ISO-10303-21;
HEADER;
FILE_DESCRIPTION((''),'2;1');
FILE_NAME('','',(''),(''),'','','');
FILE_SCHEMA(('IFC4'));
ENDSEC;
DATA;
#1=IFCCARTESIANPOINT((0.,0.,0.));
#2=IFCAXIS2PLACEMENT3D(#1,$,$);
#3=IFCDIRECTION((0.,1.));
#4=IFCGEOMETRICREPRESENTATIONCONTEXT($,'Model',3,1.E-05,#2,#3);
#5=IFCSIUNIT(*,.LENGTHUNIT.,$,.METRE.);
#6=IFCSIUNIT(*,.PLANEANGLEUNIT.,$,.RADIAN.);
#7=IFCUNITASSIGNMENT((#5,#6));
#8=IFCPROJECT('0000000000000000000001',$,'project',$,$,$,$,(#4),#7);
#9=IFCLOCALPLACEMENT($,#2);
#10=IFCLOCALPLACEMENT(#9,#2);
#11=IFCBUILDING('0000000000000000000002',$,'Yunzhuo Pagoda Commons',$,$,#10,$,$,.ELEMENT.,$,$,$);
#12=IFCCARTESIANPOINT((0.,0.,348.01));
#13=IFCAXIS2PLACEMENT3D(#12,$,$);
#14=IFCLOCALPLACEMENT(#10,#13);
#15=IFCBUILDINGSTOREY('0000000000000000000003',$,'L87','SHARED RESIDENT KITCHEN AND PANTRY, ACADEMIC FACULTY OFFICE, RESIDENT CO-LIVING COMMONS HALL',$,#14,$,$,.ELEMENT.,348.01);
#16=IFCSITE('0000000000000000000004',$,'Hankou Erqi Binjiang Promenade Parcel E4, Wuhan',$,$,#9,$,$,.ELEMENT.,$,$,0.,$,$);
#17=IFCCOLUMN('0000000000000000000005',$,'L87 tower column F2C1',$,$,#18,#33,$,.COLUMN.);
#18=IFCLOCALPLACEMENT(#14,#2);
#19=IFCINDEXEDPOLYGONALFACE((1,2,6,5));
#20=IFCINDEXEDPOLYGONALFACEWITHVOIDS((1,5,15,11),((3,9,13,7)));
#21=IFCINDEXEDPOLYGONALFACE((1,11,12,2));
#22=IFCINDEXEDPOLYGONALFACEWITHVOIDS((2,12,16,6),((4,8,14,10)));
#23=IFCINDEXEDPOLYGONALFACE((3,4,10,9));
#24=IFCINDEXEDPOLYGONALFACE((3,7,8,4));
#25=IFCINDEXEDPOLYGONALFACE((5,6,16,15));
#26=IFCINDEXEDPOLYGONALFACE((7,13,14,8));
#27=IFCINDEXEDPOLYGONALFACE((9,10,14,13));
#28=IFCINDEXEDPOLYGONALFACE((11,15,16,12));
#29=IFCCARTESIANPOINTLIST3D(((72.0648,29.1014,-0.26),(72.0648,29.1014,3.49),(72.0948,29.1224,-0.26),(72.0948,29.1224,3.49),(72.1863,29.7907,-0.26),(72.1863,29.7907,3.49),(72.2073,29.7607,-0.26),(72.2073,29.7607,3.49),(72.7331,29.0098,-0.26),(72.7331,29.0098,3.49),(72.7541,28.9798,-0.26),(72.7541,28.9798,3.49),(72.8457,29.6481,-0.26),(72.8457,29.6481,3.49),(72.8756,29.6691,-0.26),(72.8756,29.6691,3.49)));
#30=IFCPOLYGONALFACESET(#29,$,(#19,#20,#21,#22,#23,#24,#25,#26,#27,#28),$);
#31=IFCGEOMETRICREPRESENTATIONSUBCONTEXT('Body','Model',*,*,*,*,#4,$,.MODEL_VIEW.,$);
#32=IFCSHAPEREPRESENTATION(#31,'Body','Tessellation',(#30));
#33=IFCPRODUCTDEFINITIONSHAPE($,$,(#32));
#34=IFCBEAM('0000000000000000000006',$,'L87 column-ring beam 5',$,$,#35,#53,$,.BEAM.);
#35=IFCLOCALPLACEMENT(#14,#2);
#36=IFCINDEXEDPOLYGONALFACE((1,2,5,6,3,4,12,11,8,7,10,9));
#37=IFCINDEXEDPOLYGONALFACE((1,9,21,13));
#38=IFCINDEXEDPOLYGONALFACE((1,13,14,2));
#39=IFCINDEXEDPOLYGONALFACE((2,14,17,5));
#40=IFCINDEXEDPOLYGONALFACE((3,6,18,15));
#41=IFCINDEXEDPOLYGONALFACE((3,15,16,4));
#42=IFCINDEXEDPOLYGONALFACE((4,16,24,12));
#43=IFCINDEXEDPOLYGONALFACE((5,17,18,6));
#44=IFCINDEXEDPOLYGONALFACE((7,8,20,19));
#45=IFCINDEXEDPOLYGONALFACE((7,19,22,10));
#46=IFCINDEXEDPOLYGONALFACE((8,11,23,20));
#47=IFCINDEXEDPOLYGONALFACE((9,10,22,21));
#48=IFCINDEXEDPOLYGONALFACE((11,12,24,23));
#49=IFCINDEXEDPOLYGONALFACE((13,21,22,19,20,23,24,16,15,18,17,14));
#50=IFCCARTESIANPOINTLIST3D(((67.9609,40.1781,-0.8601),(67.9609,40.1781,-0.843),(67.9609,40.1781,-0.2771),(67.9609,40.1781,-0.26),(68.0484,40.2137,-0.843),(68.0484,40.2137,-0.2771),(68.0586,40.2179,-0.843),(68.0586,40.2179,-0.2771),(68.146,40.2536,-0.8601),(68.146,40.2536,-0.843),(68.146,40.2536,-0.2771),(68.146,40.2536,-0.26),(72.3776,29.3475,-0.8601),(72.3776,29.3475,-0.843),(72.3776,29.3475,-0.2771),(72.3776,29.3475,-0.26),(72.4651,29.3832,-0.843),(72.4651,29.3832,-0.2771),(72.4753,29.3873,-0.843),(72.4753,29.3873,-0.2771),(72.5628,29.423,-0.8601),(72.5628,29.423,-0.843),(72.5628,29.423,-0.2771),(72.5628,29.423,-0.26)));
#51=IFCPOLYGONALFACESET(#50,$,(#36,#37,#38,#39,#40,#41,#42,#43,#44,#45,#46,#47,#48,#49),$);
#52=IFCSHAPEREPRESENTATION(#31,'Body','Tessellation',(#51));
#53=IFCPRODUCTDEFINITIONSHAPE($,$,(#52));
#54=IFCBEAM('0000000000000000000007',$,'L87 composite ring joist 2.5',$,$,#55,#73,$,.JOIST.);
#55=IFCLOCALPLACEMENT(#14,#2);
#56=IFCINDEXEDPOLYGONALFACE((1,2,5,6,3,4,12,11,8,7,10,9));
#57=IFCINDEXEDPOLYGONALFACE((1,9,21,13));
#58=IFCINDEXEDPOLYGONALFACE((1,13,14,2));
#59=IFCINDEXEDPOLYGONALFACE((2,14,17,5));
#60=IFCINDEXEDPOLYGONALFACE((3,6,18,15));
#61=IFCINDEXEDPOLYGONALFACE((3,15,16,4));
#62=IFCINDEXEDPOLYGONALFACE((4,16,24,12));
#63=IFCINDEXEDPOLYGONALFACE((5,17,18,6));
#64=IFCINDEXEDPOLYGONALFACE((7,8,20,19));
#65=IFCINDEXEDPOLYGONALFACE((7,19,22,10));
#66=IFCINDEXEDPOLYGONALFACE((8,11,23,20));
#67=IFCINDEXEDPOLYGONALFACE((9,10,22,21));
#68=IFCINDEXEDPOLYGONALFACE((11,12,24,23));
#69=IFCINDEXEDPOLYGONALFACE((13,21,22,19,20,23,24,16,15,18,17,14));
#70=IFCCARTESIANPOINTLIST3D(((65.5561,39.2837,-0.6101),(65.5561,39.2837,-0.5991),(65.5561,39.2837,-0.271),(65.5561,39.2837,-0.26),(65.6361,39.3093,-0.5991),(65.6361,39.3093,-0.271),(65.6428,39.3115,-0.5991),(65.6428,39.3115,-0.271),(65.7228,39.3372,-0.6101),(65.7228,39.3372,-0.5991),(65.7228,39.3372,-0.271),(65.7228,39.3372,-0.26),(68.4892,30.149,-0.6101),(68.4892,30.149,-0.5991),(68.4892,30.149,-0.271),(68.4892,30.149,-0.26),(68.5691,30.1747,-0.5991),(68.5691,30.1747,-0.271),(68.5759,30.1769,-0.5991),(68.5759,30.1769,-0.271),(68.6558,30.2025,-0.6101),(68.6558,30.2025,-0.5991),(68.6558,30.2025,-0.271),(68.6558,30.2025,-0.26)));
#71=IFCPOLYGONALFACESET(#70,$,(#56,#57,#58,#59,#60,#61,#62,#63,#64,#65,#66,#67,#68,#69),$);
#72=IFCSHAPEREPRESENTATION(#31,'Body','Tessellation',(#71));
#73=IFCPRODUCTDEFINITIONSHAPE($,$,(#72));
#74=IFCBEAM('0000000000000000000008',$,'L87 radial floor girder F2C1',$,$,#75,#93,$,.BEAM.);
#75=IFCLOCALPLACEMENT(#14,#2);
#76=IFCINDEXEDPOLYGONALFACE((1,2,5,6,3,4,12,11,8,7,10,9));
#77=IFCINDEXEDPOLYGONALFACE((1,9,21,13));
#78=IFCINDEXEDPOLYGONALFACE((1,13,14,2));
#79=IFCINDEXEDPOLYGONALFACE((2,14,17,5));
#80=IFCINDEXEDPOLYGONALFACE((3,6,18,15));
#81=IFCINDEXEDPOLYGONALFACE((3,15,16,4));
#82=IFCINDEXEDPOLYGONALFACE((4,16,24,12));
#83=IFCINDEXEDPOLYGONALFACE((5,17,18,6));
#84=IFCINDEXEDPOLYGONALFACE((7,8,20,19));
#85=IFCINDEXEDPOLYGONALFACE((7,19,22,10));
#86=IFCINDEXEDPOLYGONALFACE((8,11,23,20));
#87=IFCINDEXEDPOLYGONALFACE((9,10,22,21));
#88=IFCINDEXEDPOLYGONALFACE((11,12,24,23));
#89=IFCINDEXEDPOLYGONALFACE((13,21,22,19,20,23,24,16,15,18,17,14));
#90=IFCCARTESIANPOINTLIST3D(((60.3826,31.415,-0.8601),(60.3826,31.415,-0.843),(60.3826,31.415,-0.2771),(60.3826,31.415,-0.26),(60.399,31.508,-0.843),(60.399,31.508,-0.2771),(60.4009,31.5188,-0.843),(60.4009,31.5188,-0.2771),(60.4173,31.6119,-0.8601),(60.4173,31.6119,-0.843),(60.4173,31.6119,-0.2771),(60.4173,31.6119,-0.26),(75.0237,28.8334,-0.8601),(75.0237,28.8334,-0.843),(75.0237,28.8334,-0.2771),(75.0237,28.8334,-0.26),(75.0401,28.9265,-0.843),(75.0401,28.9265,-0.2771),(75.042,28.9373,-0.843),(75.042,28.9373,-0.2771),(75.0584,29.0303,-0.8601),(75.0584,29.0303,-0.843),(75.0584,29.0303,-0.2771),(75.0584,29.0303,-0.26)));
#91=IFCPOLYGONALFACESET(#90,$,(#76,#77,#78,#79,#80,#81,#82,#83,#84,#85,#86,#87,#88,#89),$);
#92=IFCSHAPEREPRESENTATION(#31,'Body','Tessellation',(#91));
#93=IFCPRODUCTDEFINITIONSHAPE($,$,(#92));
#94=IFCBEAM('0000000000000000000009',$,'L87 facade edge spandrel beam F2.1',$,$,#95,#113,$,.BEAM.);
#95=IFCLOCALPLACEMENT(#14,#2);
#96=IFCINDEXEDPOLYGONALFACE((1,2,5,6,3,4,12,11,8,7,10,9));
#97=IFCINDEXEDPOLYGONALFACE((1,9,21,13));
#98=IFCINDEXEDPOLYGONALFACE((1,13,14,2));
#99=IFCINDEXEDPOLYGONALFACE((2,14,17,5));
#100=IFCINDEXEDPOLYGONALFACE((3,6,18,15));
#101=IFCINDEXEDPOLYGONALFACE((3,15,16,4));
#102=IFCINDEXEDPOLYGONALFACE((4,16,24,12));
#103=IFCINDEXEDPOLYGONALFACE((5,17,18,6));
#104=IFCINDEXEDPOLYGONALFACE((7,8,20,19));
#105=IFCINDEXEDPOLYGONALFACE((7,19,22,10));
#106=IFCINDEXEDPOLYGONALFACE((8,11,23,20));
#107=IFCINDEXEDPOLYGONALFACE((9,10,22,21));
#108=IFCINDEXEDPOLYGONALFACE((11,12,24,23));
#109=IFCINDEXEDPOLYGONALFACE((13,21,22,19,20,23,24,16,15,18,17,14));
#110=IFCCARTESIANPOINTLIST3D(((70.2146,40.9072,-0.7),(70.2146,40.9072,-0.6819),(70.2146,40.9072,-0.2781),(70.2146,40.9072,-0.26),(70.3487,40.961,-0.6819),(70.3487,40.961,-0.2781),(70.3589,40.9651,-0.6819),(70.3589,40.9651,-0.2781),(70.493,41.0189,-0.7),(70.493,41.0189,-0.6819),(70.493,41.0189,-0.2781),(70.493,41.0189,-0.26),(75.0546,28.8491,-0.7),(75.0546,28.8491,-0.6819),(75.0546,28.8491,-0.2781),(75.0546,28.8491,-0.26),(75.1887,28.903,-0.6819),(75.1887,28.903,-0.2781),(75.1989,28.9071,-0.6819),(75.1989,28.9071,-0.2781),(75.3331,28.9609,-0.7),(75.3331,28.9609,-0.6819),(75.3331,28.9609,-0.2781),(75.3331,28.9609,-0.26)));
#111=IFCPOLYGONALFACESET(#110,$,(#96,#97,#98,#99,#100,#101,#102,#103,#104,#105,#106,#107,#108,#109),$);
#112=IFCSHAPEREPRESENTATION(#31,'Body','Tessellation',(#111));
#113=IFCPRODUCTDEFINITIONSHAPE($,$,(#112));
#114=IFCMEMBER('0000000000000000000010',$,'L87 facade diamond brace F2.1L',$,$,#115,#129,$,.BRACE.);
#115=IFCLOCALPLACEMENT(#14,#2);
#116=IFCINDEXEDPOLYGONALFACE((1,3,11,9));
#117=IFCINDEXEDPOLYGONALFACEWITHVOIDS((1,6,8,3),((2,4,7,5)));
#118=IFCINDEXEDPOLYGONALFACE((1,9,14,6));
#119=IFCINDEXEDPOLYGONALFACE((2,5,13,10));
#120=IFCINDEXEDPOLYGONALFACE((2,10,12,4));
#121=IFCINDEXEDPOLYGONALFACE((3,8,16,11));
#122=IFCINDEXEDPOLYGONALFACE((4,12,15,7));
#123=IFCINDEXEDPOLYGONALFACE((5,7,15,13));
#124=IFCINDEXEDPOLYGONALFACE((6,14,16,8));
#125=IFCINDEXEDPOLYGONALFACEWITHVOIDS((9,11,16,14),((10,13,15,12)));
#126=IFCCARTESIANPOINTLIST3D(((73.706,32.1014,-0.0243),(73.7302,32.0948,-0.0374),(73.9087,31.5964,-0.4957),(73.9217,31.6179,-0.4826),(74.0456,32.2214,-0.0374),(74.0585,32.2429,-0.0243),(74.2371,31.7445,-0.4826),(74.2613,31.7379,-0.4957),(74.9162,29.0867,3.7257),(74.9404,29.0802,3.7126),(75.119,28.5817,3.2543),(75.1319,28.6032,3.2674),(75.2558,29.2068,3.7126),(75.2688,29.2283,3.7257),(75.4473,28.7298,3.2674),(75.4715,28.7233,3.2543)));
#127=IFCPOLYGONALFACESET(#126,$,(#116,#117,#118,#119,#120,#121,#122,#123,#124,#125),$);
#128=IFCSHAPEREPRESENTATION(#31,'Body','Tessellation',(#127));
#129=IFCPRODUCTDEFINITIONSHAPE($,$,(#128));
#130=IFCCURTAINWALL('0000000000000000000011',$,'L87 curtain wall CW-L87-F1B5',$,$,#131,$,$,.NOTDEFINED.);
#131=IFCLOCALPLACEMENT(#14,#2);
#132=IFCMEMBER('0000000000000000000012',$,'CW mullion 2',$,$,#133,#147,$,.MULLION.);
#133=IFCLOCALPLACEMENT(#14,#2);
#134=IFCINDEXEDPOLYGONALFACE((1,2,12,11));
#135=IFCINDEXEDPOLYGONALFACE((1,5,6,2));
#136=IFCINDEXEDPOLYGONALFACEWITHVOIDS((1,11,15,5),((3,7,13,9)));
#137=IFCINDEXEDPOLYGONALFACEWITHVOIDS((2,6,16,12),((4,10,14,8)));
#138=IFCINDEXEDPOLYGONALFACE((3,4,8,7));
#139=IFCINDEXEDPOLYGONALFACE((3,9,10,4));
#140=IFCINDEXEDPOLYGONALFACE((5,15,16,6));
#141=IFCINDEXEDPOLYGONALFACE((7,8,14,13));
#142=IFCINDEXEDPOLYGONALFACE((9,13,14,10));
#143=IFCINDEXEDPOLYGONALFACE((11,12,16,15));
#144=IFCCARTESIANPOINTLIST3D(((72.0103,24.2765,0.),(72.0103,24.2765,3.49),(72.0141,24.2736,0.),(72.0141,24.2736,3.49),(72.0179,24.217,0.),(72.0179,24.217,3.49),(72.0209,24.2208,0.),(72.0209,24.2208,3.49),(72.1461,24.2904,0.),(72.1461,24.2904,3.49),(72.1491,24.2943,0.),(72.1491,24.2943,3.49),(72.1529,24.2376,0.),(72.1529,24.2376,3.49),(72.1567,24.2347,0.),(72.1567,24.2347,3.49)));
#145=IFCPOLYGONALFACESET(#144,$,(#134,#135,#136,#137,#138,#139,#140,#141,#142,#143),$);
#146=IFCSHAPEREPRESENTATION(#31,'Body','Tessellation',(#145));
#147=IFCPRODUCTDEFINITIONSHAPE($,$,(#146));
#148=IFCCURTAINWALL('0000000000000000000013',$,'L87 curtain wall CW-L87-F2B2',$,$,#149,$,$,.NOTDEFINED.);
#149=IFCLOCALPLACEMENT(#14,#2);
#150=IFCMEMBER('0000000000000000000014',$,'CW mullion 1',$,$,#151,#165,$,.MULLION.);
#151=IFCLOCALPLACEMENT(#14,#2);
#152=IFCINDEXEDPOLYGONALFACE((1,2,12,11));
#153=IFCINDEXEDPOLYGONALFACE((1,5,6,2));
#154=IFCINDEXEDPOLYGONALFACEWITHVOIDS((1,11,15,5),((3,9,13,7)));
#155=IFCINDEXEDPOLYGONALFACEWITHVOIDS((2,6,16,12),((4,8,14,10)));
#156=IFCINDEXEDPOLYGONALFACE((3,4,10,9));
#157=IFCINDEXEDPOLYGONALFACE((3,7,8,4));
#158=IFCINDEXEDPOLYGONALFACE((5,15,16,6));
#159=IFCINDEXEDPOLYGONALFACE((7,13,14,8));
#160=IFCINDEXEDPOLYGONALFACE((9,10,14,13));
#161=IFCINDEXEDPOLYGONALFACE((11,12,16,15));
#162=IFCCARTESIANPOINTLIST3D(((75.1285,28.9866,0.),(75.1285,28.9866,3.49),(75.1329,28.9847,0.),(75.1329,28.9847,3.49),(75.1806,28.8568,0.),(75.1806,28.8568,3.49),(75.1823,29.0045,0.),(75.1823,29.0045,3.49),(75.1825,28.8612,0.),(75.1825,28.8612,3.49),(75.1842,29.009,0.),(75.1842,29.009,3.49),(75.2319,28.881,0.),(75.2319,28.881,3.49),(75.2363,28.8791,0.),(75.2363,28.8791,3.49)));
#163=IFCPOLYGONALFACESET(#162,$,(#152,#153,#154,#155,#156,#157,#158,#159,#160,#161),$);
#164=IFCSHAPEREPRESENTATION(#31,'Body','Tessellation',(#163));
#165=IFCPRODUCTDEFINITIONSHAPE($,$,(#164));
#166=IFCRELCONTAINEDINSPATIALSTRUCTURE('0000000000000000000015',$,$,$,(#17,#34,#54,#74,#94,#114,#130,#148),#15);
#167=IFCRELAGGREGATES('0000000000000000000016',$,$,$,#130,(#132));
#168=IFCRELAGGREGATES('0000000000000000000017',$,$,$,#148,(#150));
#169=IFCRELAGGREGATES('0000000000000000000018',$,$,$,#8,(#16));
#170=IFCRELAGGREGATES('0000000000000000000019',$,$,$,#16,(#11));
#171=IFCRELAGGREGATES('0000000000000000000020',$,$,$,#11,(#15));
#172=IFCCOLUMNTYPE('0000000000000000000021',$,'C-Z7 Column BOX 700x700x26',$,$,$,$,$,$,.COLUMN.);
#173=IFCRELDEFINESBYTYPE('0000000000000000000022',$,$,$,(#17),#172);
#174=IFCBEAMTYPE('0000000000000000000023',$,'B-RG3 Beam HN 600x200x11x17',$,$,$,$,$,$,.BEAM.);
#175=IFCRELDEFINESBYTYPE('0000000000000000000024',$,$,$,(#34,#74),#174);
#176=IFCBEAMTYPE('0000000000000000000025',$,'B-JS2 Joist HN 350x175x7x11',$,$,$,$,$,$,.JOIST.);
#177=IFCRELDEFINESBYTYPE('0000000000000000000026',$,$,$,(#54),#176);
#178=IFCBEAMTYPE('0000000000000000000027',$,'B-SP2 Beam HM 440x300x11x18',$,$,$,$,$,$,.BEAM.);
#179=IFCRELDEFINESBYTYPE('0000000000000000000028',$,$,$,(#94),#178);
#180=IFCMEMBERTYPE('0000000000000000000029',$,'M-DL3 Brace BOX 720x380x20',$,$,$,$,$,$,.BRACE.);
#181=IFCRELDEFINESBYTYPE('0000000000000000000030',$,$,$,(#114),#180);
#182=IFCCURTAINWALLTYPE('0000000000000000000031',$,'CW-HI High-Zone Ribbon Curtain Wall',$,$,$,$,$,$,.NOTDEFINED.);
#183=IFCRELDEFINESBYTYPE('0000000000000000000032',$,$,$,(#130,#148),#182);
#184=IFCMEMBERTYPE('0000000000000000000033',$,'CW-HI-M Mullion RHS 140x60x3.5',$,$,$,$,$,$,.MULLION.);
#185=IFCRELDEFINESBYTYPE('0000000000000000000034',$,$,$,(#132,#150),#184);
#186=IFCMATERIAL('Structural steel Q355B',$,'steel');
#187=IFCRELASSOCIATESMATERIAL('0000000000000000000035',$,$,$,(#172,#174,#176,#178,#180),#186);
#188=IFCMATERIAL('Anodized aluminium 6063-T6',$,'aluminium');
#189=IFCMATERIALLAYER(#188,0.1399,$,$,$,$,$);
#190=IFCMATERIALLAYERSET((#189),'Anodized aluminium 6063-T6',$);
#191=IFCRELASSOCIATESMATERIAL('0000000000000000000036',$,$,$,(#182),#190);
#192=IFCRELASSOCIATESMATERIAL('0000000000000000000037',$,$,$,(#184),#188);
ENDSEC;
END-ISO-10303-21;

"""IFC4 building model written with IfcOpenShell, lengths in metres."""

from ifc_helpers import new_model, si_unit, direction, frame, origin, origin_2d, place, context, subcontext, project, spatial, hollow_rectangle, i_section, extrude, source, transform, mapped, material, layer, layer_set, material_profile, profile_set, type_object, element, aggregate, save


model = new_model("IFC4")

# Units and contexts
model_context = context("Model", 3, precision=1e-05, world=origin(), true_north=direction((0.0, 1.0)))
body_context = subcontext(model_context, "Body", "Model", "MODEL_VIEW")
ifc_project = project(units=[si_unit("LENGTHUNIT", "METRE"), si_unit("PLANEANGLEUNIT", "RADIAN")], contexts=[model_context])

# Site, building, storey
site_placement = place(None, origin())
site = spatial("IfcSite", under=ifc_project, at=site_placement, Name="Hankou Erqi Binjiang Promenade Parcel E4, Wuhan", CompositionType="ELEMENT", RefElevation=0.0)
building_placement = place(site_placement, origin())
building = spatial("IfcBuilding", under=site, at=building_placement, Name="Yunzhuo Pagoda Commons", CompositionType="ELEMENT")
storey_placement = place(building_placement, frame((0.0, 0.0, 348.01)))
storey = spatial("IfcBuildingStorey", under=building, at=storey_placement, Name="L87", Description="SHARED RESIDENT KITCHEN AND PANTRY, ACADEMIC FACULTY OFFICE, RESIDENT CO-LIVING COMMONS HALL", CompositionType="ELEMENT", Elevation=348.01)

# Column
ifc_material_1 = material(Name="Structural steel Q355B", Category="steel")
ifc_material_profile_1 = material_profile(ifc_material_1, hollow_rectangle(XDim=0.7, YDim=0.7, WallThickness=0.0259, at=origin_2d()), Name="Structural steel Q355B")
ifc_profile_set_1 = profile_set([ifc_material_profile_1], Name="Structural steel Q355B")
column_type = type_object("IfcColumnType", Name="C-Z7 Column BOX 700x700x26", PredefinedType="COLUMN", material=ifc_profile_set_1)
shared_shape_1 = source(origin(), body_context, "Body", "SweptSolid", [
    extrude(hollow_rectangle(XDim=0.7, YDim=0.7, WallThickness=0.0259, at=origin_2d()), origin(), (0.0, 0.0, 1.0), 3.75),
])
column_placement = place(storey_placement, frame((72.4702, 29.3853, -0.26), z_axis=(0.0, 0.0, 1.0), x_axis=(0.173648, 0.984808, 0.0)))
element("IfcColumn", 1, at=column_placement, inside=storey, type_object=column_type, Name="L87 tower column F2C1", PredefinedType="COLUMN", context=body_context, shape_type="MappedRepresentation", body=[
    mapped(shared_shape_1, transform((0.0, 0.0, 0.0), scale=1.0)),
])

# Beams
ifc_material_profile_2 = material_profile(ifc_material_1, i_section(OverallWidth=0.2, OverallDepth=0.6001, WebThickness=0.011, FlangeThickness=0.0171, at=origin_2d()), Name="Structural steel Q355B")
ifc_profile_set_2 = profile_set([ifc_material_profile_2], Name="Structural steel Q355B")
beam_type_1 = type_object("IfcBeamType", Name="B-RG3 Beam HN 600x200x11x17", PredefinedType="BEAM", material=ifc_profile_set_2)
shared_shape_2 = source(origin(), body_context, "Body", "SweptSolid", [
    extrude(i_section(OverallWidth=0.2, OverallDepth=0.6001, WebThickness=0.011, FlangeThickness=0.0171, at=origin_2d()), origin(), (0.0, 0.0, 1.0), 11.6965),
])
beam_1_placement = place(storey_placement, frame((72.4702, 29.3853, -0.5601), z_axis=(-0.377612, 0.925964, 0.0), x_axis=(-0.925964, -0.377612, 0.0)))
element("IfcBeam", 2, at=beam_1_placement, inside=storey, type_object=beam_type_1, Name="L87 column-ring beam 5", PredefinedType="BEAM", context=body_context, shape_type="MappedRepresentation", body=[
    mapped(shared_shape_2, transform((0.0, 0.0, 0.0), scale=1.0)),
])
ifc_material_profile_3 = material_profile(ifc_material_1, i_section(OverallWidth=0.175, OverallDepth=0.3501, WebThickness=0.0071, FlangeThickness=0.011, at=origin_2d()), Name="Structural steel Q355B")
ifc_profile_set_3 = profile_set([ifc_material_profile_3], Name="Structural steel Q355B")
beam_type_2 = type_object("IfcBeamType", Name="B-JS2 Joist HN 350x175x7x11", PredefinedType="JOIST", material=ifc_profile_set_3)
shared_shape_3 = source(origin(), body_context, "Body", "SweptSolid", [
    extrude(i_section(OverallWidth=0.175, OverallDepth=0.3501, WebThickness=0.0071, FlangeThickness=0.011, at=origin_2d()), origin(), (0.0, 0.0, 1.0), 9.594),
])
beam_2_placement = place(storey_placement, frame((68.5725, 30.1758, -0.4351), z_axis=(-0.305719, 0.952122, 0.0), x_axis=(-0.952122, -0.305719, 0.0)))
element("IfcBeam", 3, at=beam_2_placement, inside=storey, type_object=beam_type_2, Name="L87 composite ring joist 2.5", PredefinedType="JOIST", context=body_context, shape_type="MappedRepresentation", body=[
    mapped(shared_shape_3, transform((0.0, 0.0, 0.0), scale=1.0)),
])
shared_shape_4 = source(origin(), body_context, "Body", "SweptSolid", [
    extrude(i_section(OverallWidth=0.2, OverallDepth=0.6001, WebThickness=0.011, FlangeThickness=0.0171, at=origin_2d()), origin(), (0.0, 0.0, 1.0), 14.8669),
])
beam_3_placement = place(storey_placement, frame((75.041, 28.9319, -0.5601), z_axis=(-0.984809, 0.173643, 0.0), x_axis=(-0.173643, -0.984809, 0.0)))
element("IfcBeam", 4, at=beam_3_placement, inside=storey, type_object=beam_type_1, Name="L87 radial floor girder F2C1", PredefinedType="BEAM", context=body_context, shape_type="MappedRepresentation", body=[
    mapped(shared_shape_4, transform((0.0, 0.0, 0.0), scale=1.0)),
])
ifc_material_profile_4 = material_profile(ifc_material_1, i_section(OverallWidth=0.3, OverallDepth=0.4399, WebThickness=0.011, FlangeThickness=0.0181, at=origin_2d()), Name="Structural steel Q355B")
ifc_profile_set_4 = profile_set([ifc_material_profile_4], Name="Structural steel Q355B")
beam_type_3 = type_object("IfcBeamType", Name="B-SP2 Beam HM 440x300x11x18", PredefinedType="BEAM", material=ifc_profile_set_4)
shared_shape_5 = source(origin(), body_context, "Body", "SweptSolid", [
    extrude(i_section(OverallWidth=0.3, OverallDepth=0.4399, WebThickness=0.011, FlangeThickness=0.0181, at=origin_2d()), origin(), (0.0, 0.0, 1.0), 12.9932),
])
beam_4_placement = place(storey_placement, frame((75.1938, 28.905, -0.48), z_axis=(-0.372508, 0.928029, 0.0), x_axis=(-0.928029, -0.372508, 0.0)))
element("IfcBeam", 5, at=beam_4_placement, inside=storey, type_object=beam_type_3, Name="L87 facade edge spandrel beam F2.1", PredefinedType="BEAM", context=body_context, shape_type="MappedRepresentation", body=[
    mapped(shared_shape_5, transform((0.0, 0.0, 0.0), scale=1.0)),
])

# Member
ifc_material_profile_5 = material_profile(ifc_material_1, hollow_rectangle(XDim=0.3799, YDim=0.72, WallThickness=0.02, at=origin_2d()), Name="Structural steel Q355B")
ifc_profile_set_5 = profile_set([ifc_material_profile_5], Name="Structural steel Q355B")
member_type_1 = type_object("IfcMemberType", Name="M-DL3 Brace BOX 720x380x20", PredefinedType="BRACE", material=ifc_profile_set_5)
shared_shape_6 = source(origin(), body_context, "Body", "SweptSolid", [
    extrude(hollow_rectangle(XDim=0.3799, YDim=0.72, WallThickness=0.02, at=origin_2d()), origin(), (0.0, 0.0, 1.0), 4.9614),
])
member_1_placement = place(storey_placement, frame((73.9836, 31.9197, -0.26), z_axis=(0.243926, -0.607624, 0.755839), x_axis=(0.928015, 0.372544, 0.0)))
element("IfcMember", 6, at=member_1_placement, inside=storey, type_object=member_type_1, Name="L87 facade diamond brace F2.1L", PredefinedType="BRACE", context=body_context, shape_type="MappedRepresentation", body=[
    mapped(shared_shape_6, transform((0.0, 0.0, 0.0), scale=1.0)),
])

# Curtain walls, members
ifc_material_2 = material(Name="Anodized aluminium 6063-T6", Category="aluminium")
ifc_layer_1 = layer(ifc_material_2, 0.1399)
ifc_layer_set_1 = layer_set([ifc_layer_1], Name="Anodized aluminium 6063-T6")
curtain_wall_type = type_object("IfcCurtainWallType", Name="CW-HI High-Zone Ribbon Curtain Wall", PredefinedType="NOTDEFINED", material=ifc_layer_set_1)
curtain_wall_1_placement = place(storey_placement, origin())
curtain_wall_1 = element("IfcCurtainWall", 7, at=curtain_wall_1_placement, inside=storey, type_object=curtain_wall_type, Name="L87 curtain wall CW-L87-F1B5", PredefinedType="NOTDEFINED")
ifc_material_profile_6 = material_profile(ifc_material_2, hollow_rectangle(XDim=0.0601, YDim=0.1399, WallThickness=0.0034, at=origin_2d()), Name="Anodized aluminium 6063-T6")
ifc_profile_set_6 = profile_set([ifc_material_profile_6], Name="Anodized aluminium 6063-T6")
member_type_2 = type_object("IfcMemberType", Name="CW-HI-M Mullion RHS 140x60x3.5", PredefinedType="MULLION", material=ifc_profile_set_6)
shared_shape_7 = source(origin(), body_context, "Body", "SweptSolid", [
    extrude(hollow_rectangle(XDim=0.0601, YDim=0.1399, WallThickness=0.0034, at=origin_2d()), origin(), (0.0, 0.0, 1.0), 3.49),
])
member_2_placement = place(storey_placement, frame((72.0835, 24.2556, 0.0), z_axis=(0.0, 0.0, 1.0), x_axis=(-0.126571, 0.991958, 0.0)))
member_2 = element("IfcMember", 8, at=member_2_placement, type_object=member_type_2, Name="CW mullion 2", PredefinedType="MULLION", context=body_context, shape_type="MappedRepresentation", body=[
    mapped(shared_shape_7, transform((0.0, 0.0, 0.0), scale=1.0)),
])
aggregate(curtain_wall_1, [member_2])
curtain_wall_2_placement = place(storey_placement, origin())
curtain_wall_2 = element("IfcCurtainWall", 9, at=curtain_wall_2_placement, inside=storey, type_object=curtain_wall_type, Name="L87 curtain wall CW-L87-F2B2", PredefinedType="NOTDEFINED")
member_3_placement = place(storey_placement, frame((75.1824, 28.9329, 0.0), z_axis=(0.0, 0.0, 1.0), x_axis=(-0.928039, -0.372483, 0.0)))
member_3 = element("IfcMember", 10, at=member_3_placement, type_object=member_type_2, Name="CW mullion 1", PredefinedType="MULLION", context=body_context, shape_type="MappedRepresentation", body=[
    mapped(shared_shape_7, transform((0.0, 0.0, 0.0), scale=1.0)),
])

aggregate(curtain_wall_2, [member_3])

save(model, "model.ifc")
